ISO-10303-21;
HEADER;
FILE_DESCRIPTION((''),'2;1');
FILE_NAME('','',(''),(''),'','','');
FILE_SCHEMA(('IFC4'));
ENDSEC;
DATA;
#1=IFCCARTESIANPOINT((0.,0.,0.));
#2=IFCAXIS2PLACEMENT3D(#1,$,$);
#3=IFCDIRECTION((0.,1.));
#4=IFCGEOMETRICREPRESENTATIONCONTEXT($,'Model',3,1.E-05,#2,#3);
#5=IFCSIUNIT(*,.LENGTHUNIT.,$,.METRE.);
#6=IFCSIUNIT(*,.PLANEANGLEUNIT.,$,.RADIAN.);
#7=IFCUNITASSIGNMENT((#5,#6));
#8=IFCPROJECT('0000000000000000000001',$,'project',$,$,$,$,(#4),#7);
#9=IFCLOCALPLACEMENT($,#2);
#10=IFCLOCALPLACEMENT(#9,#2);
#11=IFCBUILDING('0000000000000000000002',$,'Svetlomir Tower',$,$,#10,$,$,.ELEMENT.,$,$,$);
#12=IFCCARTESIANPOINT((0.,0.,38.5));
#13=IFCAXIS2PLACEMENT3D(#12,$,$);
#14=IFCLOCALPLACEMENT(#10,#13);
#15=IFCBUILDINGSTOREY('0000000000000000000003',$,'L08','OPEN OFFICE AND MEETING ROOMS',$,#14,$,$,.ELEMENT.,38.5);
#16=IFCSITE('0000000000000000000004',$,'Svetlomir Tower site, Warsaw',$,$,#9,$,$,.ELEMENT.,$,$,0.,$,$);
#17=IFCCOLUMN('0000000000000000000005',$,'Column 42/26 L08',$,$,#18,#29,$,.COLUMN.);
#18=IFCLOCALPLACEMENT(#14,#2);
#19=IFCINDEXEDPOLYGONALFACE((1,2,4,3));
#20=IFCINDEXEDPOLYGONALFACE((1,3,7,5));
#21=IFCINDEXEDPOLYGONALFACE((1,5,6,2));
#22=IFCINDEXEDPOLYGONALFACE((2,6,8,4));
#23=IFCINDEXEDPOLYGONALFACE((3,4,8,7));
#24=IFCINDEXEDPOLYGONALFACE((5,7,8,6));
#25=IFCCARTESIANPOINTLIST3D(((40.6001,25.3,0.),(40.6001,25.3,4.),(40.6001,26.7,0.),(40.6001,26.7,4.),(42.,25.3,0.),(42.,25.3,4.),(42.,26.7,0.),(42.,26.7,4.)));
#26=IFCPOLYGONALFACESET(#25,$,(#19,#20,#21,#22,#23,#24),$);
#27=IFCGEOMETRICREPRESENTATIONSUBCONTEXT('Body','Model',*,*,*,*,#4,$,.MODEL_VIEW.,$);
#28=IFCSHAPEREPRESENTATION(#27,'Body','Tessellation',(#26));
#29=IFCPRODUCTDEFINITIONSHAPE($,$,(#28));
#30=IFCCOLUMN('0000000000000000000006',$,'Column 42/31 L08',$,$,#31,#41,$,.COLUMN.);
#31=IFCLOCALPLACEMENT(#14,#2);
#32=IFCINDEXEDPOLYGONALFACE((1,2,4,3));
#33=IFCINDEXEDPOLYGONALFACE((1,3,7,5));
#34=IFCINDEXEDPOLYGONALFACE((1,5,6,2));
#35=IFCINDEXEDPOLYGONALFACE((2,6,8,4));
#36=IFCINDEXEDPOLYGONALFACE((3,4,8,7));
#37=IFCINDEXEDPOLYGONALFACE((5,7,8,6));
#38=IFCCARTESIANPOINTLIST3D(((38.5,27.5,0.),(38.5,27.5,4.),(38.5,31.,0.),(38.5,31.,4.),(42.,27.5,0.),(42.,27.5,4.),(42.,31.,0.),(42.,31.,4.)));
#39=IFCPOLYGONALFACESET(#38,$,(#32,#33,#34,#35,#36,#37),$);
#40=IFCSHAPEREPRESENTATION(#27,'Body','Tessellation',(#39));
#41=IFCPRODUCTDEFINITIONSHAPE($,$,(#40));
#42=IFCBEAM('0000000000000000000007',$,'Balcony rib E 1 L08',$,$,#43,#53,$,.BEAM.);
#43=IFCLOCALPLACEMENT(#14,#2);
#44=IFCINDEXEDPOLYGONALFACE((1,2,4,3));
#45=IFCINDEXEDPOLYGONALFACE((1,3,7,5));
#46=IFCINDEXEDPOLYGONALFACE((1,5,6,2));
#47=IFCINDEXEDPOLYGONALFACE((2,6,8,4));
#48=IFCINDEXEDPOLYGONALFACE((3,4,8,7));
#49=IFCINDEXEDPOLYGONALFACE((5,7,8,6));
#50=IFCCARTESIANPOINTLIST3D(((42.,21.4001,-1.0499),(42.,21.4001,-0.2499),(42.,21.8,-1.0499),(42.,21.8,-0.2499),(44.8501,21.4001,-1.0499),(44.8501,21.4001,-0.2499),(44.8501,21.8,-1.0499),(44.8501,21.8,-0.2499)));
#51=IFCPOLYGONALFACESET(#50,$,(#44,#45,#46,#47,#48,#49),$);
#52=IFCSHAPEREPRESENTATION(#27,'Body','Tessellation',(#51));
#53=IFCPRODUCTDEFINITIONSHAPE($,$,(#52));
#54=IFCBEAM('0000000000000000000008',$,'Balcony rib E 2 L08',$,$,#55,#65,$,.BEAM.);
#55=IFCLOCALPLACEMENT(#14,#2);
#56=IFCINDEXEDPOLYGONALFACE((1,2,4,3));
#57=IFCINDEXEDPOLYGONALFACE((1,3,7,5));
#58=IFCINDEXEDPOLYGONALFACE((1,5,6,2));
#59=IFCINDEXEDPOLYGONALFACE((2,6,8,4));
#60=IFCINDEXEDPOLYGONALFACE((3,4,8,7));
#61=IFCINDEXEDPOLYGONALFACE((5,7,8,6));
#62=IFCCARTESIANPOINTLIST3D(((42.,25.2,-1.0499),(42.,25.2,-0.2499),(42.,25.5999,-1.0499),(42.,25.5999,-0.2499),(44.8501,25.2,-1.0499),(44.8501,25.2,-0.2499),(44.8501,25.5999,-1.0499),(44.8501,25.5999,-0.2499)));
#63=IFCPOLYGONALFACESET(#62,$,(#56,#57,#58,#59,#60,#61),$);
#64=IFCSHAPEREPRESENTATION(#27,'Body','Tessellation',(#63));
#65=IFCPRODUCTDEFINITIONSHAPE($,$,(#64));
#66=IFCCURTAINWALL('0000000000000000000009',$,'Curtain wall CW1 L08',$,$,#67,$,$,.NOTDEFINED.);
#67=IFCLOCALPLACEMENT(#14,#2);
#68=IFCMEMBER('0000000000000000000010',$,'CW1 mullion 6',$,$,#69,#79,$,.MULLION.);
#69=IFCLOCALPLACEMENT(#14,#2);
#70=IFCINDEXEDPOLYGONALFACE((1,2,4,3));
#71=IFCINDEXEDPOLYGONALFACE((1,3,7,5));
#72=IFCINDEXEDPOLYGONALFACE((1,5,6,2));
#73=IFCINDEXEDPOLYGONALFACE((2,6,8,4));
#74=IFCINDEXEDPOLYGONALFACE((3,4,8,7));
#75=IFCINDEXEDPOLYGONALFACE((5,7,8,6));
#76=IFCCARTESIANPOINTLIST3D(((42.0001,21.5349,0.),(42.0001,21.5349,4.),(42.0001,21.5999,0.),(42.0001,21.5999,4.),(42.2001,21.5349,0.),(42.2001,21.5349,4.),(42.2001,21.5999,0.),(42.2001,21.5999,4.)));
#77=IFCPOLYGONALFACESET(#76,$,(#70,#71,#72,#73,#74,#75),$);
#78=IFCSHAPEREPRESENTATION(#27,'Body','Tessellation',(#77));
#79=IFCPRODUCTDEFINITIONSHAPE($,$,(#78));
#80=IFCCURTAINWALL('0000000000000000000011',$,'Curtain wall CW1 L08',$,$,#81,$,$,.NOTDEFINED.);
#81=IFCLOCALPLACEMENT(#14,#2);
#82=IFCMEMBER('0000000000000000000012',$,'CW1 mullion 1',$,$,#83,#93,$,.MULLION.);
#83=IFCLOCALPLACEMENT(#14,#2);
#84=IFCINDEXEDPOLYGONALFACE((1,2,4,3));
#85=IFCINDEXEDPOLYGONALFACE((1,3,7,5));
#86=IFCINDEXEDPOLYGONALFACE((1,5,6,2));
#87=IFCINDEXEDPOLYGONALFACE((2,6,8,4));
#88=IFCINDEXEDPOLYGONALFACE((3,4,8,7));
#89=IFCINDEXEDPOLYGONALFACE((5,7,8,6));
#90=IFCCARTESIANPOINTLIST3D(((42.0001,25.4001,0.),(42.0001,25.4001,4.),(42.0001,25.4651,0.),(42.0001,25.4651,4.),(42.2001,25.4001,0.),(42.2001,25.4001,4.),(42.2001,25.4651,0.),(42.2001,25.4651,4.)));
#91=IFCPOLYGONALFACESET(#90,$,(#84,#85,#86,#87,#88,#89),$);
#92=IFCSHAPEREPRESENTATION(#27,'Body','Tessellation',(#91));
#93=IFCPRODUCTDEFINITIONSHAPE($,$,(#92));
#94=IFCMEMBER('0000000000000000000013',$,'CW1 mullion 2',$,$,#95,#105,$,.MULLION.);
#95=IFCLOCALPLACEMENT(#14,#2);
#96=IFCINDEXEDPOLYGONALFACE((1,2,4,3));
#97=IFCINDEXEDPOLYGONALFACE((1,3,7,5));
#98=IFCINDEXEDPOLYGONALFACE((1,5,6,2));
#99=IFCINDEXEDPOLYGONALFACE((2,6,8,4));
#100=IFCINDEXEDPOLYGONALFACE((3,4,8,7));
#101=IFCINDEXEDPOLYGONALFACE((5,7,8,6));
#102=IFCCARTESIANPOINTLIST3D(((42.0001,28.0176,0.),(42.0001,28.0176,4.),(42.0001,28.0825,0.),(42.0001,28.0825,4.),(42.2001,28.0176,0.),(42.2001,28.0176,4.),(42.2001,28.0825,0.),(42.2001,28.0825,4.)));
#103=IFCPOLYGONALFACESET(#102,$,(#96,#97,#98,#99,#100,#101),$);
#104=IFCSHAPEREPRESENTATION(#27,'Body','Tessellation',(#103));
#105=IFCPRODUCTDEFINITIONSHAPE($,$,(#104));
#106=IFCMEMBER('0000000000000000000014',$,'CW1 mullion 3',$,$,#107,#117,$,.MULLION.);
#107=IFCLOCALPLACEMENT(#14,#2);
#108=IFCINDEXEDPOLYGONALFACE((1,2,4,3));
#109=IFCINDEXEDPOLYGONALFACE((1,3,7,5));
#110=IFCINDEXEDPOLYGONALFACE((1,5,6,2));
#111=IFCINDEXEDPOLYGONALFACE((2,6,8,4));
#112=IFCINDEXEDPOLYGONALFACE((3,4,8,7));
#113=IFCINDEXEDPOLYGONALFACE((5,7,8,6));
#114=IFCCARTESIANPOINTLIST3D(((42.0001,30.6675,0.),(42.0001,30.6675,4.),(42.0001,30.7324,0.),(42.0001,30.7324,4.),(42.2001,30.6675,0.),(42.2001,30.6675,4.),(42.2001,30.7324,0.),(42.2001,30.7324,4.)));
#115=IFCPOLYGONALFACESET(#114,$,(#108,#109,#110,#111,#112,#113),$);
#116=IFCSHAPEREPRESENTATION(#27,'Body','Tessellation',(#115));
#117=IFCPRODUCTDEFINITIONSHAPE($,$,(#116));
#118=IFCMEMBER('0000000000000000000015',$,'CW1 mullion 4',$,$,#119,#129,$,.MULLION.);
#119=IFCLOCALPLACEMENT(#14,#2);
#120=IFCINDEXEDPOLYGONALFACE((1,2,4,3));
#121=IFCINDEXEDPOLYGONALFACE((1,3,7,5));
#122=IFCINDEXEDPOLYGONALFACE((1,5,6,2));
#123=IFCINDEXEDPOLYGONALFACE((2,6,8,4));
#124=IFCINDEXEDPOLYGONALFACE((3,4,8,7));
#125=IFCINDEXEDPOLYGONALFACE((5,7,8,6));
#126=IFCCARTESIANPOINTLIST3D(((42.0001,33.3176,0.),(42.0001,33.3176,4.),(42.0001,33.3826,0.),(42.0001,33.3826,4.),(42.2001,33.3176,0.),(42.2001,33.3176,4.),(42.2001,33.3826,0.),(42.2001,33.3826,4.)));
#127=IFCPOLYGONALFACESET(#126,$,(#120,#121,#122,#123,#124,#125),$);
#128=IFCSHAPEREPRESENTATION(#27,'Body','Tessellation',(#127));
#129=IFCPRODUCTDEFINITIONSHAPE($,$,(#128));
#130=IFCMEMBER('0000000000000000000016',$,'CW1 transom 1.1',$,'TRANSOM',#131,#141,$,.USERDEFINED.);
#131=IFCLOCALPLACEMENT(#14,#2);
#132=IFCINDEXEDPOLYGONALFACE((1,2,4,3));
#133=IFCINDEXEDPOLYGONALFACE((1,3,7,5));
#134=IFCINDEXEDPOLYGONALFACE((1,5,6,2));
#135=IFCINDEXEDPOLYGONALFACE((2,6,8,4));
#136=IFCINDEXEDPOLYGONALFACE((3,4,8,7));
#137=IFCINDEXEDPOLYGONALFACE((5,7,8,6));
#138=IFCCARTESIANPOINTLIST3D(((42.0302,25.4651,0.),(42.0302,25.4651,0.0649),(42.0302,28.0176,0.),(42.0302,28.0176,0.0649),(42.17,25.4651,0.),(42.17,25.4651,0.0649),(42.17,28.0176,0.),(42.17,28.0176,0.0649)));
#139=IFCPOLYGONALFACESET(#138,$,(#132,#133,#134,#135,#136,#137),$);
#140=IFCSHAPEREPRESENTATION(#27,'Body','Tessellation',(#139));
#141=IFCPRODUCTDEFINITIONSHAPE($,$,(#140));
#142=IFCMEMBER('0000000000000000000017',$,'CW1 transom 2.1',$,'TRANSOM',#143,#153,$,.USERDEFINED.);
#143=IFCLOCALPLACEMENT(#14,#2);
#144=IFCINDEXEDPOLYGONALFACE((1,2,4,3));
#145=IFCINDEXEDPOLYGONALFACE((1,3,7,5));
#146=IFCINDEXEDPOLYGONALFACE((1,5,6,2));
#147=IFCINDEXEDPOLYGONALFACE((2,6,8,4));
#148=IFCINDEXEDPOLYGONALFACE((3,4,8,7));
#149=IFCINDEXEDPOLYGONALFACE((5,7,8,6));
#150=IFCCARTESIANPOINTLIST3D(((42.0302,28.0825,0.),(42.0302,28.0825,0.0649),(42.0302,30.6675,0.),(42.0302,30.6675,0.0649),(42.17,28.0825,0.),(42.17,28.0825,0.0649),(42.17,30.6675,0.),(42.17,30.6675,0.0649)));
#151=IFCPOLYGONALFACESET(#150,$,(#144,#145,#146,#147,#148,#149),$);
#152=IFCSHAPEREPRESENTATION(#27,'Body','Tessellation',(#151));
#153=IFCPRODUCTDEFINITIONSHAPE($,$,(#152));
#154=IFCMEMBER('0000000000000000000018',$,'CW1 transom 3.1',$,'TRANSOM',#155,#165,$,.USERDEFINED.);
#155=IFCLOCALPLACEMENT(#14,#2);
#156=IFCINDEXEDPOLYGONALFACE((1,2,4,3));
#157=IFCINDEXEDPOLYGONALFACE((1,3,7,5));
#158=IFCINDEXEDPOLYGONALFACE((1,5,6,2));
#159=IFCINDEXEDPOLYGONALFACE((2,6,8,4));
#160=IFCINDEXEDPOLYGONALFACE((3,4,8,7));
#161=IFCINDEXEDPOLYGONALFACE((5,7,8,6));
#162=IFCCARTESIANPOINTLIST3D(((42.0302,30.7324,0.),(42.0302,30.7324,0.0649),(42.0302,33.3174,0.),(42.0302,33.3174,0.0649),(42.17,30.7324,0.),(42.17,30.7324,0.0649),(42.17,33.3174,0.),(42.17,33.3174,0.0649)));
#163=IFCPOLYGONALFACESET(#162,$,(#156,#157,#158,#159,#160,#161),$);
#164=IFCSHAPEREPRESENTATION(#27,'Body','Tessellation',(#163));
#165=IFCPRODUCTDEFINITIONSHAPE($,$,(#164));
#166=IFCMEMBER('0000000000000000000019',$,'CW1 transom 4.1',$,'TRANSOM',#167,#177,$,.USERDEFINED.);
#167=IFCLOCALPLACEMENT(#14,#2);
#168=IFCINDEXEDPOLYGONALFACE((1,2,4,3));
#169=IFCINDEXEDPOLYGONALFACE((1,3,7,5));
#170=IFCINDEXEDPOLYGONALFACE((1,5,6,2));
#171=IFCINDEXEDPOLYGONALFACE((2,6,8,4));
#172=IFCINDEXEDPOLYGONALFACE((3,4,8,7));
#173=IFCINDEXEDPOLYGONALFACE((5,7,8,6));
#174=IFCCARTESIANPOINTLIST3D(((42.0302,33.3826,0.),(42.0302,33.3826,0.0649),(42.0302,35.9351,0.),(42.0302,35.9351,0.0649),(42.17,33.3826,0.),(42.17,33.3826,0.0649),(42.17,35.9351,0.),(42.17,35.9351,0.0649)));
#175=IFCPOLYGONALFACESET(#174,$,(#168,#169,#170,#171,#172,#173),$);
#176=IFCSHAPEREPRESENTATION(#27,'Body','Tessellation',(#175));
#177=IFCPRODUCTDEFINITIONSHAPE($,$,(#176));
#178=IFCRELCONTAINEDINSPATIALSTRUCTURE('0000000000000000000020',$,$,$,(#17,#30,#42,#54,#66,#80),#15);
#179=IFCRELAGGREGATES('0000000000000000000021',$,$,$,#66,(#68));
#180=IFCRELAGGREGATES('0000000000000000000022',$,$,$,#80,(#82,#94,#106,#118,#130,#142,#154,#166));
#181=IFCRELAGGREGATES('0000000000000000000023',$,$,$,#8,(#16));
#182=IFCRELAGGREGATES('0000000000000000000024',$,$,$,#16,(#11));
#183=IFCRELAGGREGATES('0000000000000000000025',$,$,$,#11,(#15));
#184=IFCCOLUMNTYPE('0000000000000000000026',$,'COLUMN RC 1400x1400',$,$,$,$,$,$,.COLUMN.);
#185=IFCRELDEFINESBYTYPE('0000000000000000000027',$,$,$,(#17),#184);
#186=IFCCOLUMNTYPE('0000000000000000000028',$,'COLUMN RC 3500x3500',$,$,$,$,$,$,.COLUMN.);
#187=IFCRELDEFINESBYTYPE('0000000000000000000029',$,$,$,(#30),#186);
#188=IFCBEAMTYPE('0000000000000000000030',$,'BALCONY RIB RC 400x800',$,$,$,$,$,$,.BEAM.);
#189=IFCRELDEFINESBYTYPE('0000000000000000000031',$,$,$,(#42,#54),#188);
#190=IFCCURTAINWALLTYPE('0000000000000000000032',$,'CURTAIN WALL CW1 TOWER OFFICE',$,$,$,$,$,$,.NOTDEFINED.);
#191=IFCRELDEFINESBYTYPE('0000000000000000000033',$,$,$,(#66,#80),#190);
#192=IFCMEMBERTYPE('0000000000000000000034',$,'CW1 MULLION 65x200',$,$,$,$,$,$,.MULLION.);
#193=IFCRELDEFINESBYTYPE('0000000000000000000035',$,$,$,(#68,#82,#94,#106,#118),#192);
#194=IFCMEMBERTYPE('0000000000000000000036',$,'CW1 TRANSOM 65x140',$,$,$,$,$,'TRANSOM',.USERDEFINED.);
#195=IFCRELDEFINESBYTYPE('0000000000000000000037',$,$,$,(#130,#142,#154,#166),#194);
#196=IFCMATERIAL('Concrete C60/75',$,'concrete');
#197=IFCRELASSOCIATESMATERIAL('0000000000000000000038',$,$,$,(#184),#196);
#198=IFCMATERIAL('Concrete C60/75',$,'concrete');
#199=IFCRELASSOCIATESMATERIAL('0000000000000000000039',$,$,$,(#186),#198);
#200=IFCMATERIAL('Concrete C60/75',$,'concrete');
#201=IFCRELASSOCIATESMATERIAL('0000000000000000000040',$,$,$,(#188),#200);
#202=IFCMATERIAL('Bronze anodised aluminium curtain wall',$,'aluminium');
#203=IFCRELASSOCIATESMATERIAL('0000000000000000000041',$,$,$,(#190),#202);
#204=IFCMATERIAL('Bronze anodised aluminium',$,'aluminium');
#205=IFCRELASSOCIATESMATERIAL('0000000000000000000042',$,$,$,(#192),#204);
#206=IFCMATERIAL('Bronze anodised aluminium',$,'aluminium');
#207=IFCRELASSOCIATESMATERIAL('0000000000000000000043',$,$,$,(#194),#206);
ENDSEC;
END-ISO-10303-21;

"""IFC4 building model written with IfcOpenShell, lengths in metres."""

from ifc_helpers import new_model, si_unit, direction, frame, origin, origin_2d, place, context, subcontext, project, spatial, rectangle, extrude, material, material_profile, profile_set, type_object, element, aggregate, save


model = new_model("IFC4")

# Units and contexts
model_context = context("Model", 3, precision=1e-05, world=origin(), true_north=direction((0.0, 1.0)))
body_context = subcontext(model_context, "Body", "Model", "MODEL_VIEW")
ifc_project = project(units=[si_unit("LENGTHUNIT", "METRE"), si_unit("PLANEANGLEUNIT", "RADIAN")], contexts=[model_context])

# Site, building, storey
site_placement = place(None, origin())
site = spatial("IfcSite", under=ifc_project, at=site_placement, Name="Svetlomir Tower site, Warsaw", CompositionType="ELEMENT", RefElevation=0.0)
building_placement = place(site_placement, origin())
building = spatial("IfcBuilding", under=site, at=building_placement, Name="Svetlomir Tower", CompositionType="ELEMENT")
storey_placement = place(building_placement, frame((0.0, 0.0, 38.5)))
storey = spatial("IfcBuildingStorey", under=building, at=storey_placement, Name="L08", Description="OPEN OFFICE AND MEETING ROOMS", CompositionType="ELEMENT", Elevation=38.5)

# Columns
ifc_material_1 = material(Name="Concrete C60/75", Category="concrete")
ifc_material_profile_1 = material_profile(ifc_material_1, rectangle(XDim=1.3999, YDim=1.3999, at=origin_2d()), Name="RC 1400x1400")
ifc_profile_set_1 = profile_set([ifc_material_profile_1], Name="Concrete C60/75")
column_type_1 = type_object("IfcColumnType", Name="COLUMN RC 1400x1400", PredefinedType="COLUMN", material=ifc_profile_set_1)
column_1_placement = place(storey_placement, frame((41.3, 26.0, 0.0), z_axis=(0.0, 0.0, 1.0), x_axis=(1.0, 0.0, 0.0)))
element("IfcColumn", 1, at=column_1_placement, inside=storey, type_object=column_type_1, Name="Column 42/26 L08", PredefinedType="COLUMN", context=body_context, shape_type="SweptSolid", body=[
    extrude(rectangle(XDim=1.3999, YDim=1.3999, at=origin_2d()), origin(), (0.0, 0.0, 1.0), 4.0),
])
ifc_material_2 = material(Name="Concrete C60/75", Category="concrete")
ifc_material_profile_2 = material_profile(ifc_material_2, rectangle(XDim=3.5, YDim=3.5, at=origin_2d()), Name="RC 3500x3500")
ifc_profile_set_2 = profile_set([ifc_material_profile_2], Name="Concrete C60/75")
column_type_2 = type_object("IfcColumnType", Name="COLUMN RC 3500x3500", PredefinedType="COLUMN", material=ifc_profile_set_2)
column_2_placement = place(storey_placement, frame((40.25, 29.25, 0.0), z_axis=(0.0, 0.0, 1.0), x_axis=(1.0, 0.0, 0.0)))
element("IfcColumn", 2, at=column_2_placement, inside=storey, type_object=column_type_2, Name="Column 42/31 L08", PredefinedType="COLUMN", context=body_context, shape_type="SweptSolid", body=[
    extrude(rectangle(XDim=3.5, YDim=3.5, at=origin_2d()), origin(), (0.0, 0.0, 1.0), 4.0),
])

# Beams
ifc_material_3 = material(Name="Concrete C60/75", Category="concrete")
ifc_material_profile_3 = material_profile(ifc_material_3, rectangle(XDim=0.3999, YDim=0.8, at=origin_2d()), Name="RC 400x800")
ifc_profile_set_3 = profile_set([ifc_material_profile_3], Name="Concrete C60/75")
beam_type_1 = type_object("IfcBeamType", Name="BALCONY RIB RC 400x800", PredefinedType="BEAM", material=ifc_profile_set_3)
for number, where, z_axis, x_axis, name in (
    (3, (42.0, 21.6001, -0.6499), (1.0, 0.0, 0.0), (0.0, 1.0, 0.0), "Balcony rib E 1 L08"),
    (4, (42.0, 25.3999, -0.6499), (1.0, 0.0, 0.0), (0.0, 1.0, 0.0), "Balcony rib E 2 L08"),
):
    element("IfcBeam", number, at=place(storey_placement, frame(where, z_axis=z_axis, x_axis=x_axis)), inside=storey, type_object=beam_type_1, Name=name, PredefinedType="BEAM", context=body_context, shape_type="SweptSolid", body=[
        extrude(rectangle(XDim=0.3999, YDim=0.8, at=origin_2d()), origin(), (0.0, 0.0, 1.0), 2.8501),
    ])

# Curtain wall, member
ifc_material_4 = material(Name="Bronze anodised aluminium curtain wall", Category="aluminium")
curtain_wall_type = type_object("IfcCurtainWallType", Name="CURTAIN WALL CW1 TOWER OFFICE", PredefinedType="NOTDEFINED", material=ifc_material_4)
curtain_wall_1_placement = place(storey_placement, origin())
curtain_wall_1 = element("IfcCurtainWall", 5, at=curtain_wall_1_placement, inside=storey, type_object=curtain_wall_type, Name="Curtain wall CW1 L08", PredefinedType="NOTDEFINED")
ifc_material_5 = material(Name="Bronze anodised aluminium", Category="aluminium")
ifc_material_profile_4 = material_profile(ifc_material_5, rectangle(XDim=0.0649, YDim=0.2, at=origin_2d()), Name="AL 65x200")
ifc_profile_set_4 = profile_set([ifc_material_profile_4], Name="Bronze anodised aluminium 6063-T6")
member_type_1 = type_object("IfcMemberType", Name="CW1 MULLION 65x200", PredefinedType="MULLION", material=ifc_profile_set_4)
member_1_placement = place(storey_placement, frame((42.1001, 21.5674, 0.0), z_axis=(0.0, 0.0, 1.0), x_axis=(0.0, 1.0, 0.0)))
member_1 = element("IfcMember", 6, at=member_1_placement, type_object=member_type_1, Name="CW1 mullion 6", PredefinedType="MULLION", context=body_context, shape_type="SweptSolid", body=[
    extrude(rectangle(XDim=0.0649, YDim=0.2, at=origin_2d()), origin(), (0.0, 0.0, 1.0), 4.0),
])
aggregate(curtain_wall_1, [member_1])

# Curtain wall, members
curtain_wall_2_placement = place(storey_placement, origin())
curtain_wall_2 = element("IfcCurtainWall", 7, at=curtain_wall_2_placement, inside=storey, type_object=curtain_wall_type, Name="Curtain wall CW1 L08", PredefinedType="NOTDEFINED")
member_2_placement = place(storey_placement, frame((42.1001, 25.4326, 0.0), z_axis=(0.0, 0.0, 1.0), x_axis=(0.0, 1.0, 0.0)))
member_2 = element("IfcMember", 8, at=member_2_placement, type_object=member_type_1, Name="CW1 mullion 1", PredefinedType="MULLION", context=body_context, shape_type="SweptSolid", body=[
    extrude(rectangle(XDim=0.0649, YDim=0.2, at=origin_2d()), origin(), (0.0, 0.0, 1.0), 4.0),
])
member_3_placement = place(storey_placement, frame((42.1001, 28.05, 0.0), z_axis=(0.0, 0.0, 1.0), x_axis=(0.0, 1.0, 0.0)))
member_3 = element("IfcMember", 9, at=member_3_placement, type_object=member_type_1, Name="CW1 mullion 2", PredefinedType="MULLION", context=body_context, shape_type="SweptSolid", body=[
    extrude(rectangle(XDim=0.0649, YDim=0.2, at=origin_2d()), origin(), (0.0, 0.0, 1.0), 4.0),
])
member_4_placement = place(storey_placement, frame((42.1001, 30.7, 0.0), z_axis=(0.0, 0.0, 1.0), x_axis=(0.0, 1.0, 0.0)))
member_4 = element("IfcMember", 10, at=member_4_placement, type_object=member_type_1, Name="CW1 mullion 3", PredefinedType="MULLION", context=body_context, shape_type="SweptSolid", body=[
    extrude(rectangle(XDim=0.0649, YDim=0.2, at=origin_2d()), origin(), (0.0, 0.0, 1.0), 4.0),
])
member_5_placement = place(storey_placement, frame((42.1001, 33.3501, 0.0), z_axis=(0.0, 0.0, 1.0), x_axis=(0.0, 1.0, 0.0)))
member_5 = element("IfcMember", 11, at=member_5_placement, type_object=member_type_1, Name="CW1 mullion 4", PredefinedType="MULLION", context=body_context, shape_type="SweptSolid", body=[
    extrude(rectangle(XDim=0.0649, YDim=0.2, at=origin_2d()), origin(), (0.0, 0.0, 1.0), 4.0),
])
ifc_material_6 = material(Name="Bronze anodised aluminium", Category="aluminium")
ifc_material_profile_5 = material_profile(ifc_material_6, rectangle(XDim=0.1399, YDim=0.0649, at=origin_2d()), Name="AL 140x65")
ifc_profile_set_5 = profile_set([ifc_material_profile_5], Name="Bronze anodised aluminium 6063-T6")
member_type_2 = type_object("IfcMemberType", Name="CW1 TRANSOM 65x140", ElementType="TRANSOM", PredefinedType="USERDEFINED", material=ifc_profile_set_5)
member_6_placement = place(storey_placement, frame((42.1001, 25.4651, 0.0325), z_axis=(0.0, 1.0, 0.0), x_axis=(-1.0, 0.0, 0.0)))
member_6 = element("IfcMember", 12, at=member_6_placement, type_object=member_type_2, Name="CW1 transom 1.1", ObjectType="TRANSOM", PredefinedType="USERDEFINED", context=body_context, shape_type="SweptSolid", body=[
    extrude(rectangle(XDim=0.1399, YDim=0.0649, at=origin_2d()), origin(), (0.0, 0.0, 1.0), 2.5525),
])
member_7_placement = place(storey_placement, frame((42.1001, 28.0825, 0.0325), z_axis=(0.0, 1.0, 0.0), x_axis=(-1.0, 0.0, 0.0)))
member_7 = element("IfcMember", 13, at=member_7_placement, type_object=member_type_2, Name="CW1 transom 2.1", ObjectType="TRANSOM", PredefinedType="USERDEFINED", context=body_context, shape_type="SweptSolid", body=[
    extrude(rectangle(XDim=0.1399, YDim=0.0649, at=origin_2d()), origin(), (0.0, 0.0, 1.0), 2.585),
])
member_8_placement = place(storey_placement, frame((42.1001, 30.7324, 0.0325), z_axis=(0.0, 1.0, 0.0), x_axis=(-1.0, 0.0, 0.0)))
member_8 = element("IfcMember", 14, at=member_8_placement, type_object=member_type_2, Name="CW1 transom 3.1", ObjectType="TRANSOM", PredefinedType="USERDEFINED", context=body_context, shape_type="SweptSolid", body=[
    extrude(rectangle(XDim=0.1399, YDim=0.0649, at=origin_2d()), origin(), (0.0, 0.0, 1.0), 2.585),
])
member_9_placement = place(storey_placement, frame((42.1001, 33.3826, 0.0325), z_axis=(0.0, 1.0, 0.0), x_axis=(-1.0, 0.0, 0.0)))
member_9 = element("IfcMember", 15, at=member_9_placement, type_object=member_type_2, Name="CW1 transom 4.1", ObjectType="TRANSOM", PredefinedType="USERDEFINED", context=body_context, shape_type="SweptSolid", body=[
    extrude(rectangle(XDim=0.1399, YDim=0.0649, at=origin_2d()), origin(), (0.0, 0.0, 1.0), 2.5525),
])

aggregate(curtain_wall_2, [member_2, member_3, member_4, member_5, member_6, member_7, member_8, member_9])

save(model, "model.ifc")
